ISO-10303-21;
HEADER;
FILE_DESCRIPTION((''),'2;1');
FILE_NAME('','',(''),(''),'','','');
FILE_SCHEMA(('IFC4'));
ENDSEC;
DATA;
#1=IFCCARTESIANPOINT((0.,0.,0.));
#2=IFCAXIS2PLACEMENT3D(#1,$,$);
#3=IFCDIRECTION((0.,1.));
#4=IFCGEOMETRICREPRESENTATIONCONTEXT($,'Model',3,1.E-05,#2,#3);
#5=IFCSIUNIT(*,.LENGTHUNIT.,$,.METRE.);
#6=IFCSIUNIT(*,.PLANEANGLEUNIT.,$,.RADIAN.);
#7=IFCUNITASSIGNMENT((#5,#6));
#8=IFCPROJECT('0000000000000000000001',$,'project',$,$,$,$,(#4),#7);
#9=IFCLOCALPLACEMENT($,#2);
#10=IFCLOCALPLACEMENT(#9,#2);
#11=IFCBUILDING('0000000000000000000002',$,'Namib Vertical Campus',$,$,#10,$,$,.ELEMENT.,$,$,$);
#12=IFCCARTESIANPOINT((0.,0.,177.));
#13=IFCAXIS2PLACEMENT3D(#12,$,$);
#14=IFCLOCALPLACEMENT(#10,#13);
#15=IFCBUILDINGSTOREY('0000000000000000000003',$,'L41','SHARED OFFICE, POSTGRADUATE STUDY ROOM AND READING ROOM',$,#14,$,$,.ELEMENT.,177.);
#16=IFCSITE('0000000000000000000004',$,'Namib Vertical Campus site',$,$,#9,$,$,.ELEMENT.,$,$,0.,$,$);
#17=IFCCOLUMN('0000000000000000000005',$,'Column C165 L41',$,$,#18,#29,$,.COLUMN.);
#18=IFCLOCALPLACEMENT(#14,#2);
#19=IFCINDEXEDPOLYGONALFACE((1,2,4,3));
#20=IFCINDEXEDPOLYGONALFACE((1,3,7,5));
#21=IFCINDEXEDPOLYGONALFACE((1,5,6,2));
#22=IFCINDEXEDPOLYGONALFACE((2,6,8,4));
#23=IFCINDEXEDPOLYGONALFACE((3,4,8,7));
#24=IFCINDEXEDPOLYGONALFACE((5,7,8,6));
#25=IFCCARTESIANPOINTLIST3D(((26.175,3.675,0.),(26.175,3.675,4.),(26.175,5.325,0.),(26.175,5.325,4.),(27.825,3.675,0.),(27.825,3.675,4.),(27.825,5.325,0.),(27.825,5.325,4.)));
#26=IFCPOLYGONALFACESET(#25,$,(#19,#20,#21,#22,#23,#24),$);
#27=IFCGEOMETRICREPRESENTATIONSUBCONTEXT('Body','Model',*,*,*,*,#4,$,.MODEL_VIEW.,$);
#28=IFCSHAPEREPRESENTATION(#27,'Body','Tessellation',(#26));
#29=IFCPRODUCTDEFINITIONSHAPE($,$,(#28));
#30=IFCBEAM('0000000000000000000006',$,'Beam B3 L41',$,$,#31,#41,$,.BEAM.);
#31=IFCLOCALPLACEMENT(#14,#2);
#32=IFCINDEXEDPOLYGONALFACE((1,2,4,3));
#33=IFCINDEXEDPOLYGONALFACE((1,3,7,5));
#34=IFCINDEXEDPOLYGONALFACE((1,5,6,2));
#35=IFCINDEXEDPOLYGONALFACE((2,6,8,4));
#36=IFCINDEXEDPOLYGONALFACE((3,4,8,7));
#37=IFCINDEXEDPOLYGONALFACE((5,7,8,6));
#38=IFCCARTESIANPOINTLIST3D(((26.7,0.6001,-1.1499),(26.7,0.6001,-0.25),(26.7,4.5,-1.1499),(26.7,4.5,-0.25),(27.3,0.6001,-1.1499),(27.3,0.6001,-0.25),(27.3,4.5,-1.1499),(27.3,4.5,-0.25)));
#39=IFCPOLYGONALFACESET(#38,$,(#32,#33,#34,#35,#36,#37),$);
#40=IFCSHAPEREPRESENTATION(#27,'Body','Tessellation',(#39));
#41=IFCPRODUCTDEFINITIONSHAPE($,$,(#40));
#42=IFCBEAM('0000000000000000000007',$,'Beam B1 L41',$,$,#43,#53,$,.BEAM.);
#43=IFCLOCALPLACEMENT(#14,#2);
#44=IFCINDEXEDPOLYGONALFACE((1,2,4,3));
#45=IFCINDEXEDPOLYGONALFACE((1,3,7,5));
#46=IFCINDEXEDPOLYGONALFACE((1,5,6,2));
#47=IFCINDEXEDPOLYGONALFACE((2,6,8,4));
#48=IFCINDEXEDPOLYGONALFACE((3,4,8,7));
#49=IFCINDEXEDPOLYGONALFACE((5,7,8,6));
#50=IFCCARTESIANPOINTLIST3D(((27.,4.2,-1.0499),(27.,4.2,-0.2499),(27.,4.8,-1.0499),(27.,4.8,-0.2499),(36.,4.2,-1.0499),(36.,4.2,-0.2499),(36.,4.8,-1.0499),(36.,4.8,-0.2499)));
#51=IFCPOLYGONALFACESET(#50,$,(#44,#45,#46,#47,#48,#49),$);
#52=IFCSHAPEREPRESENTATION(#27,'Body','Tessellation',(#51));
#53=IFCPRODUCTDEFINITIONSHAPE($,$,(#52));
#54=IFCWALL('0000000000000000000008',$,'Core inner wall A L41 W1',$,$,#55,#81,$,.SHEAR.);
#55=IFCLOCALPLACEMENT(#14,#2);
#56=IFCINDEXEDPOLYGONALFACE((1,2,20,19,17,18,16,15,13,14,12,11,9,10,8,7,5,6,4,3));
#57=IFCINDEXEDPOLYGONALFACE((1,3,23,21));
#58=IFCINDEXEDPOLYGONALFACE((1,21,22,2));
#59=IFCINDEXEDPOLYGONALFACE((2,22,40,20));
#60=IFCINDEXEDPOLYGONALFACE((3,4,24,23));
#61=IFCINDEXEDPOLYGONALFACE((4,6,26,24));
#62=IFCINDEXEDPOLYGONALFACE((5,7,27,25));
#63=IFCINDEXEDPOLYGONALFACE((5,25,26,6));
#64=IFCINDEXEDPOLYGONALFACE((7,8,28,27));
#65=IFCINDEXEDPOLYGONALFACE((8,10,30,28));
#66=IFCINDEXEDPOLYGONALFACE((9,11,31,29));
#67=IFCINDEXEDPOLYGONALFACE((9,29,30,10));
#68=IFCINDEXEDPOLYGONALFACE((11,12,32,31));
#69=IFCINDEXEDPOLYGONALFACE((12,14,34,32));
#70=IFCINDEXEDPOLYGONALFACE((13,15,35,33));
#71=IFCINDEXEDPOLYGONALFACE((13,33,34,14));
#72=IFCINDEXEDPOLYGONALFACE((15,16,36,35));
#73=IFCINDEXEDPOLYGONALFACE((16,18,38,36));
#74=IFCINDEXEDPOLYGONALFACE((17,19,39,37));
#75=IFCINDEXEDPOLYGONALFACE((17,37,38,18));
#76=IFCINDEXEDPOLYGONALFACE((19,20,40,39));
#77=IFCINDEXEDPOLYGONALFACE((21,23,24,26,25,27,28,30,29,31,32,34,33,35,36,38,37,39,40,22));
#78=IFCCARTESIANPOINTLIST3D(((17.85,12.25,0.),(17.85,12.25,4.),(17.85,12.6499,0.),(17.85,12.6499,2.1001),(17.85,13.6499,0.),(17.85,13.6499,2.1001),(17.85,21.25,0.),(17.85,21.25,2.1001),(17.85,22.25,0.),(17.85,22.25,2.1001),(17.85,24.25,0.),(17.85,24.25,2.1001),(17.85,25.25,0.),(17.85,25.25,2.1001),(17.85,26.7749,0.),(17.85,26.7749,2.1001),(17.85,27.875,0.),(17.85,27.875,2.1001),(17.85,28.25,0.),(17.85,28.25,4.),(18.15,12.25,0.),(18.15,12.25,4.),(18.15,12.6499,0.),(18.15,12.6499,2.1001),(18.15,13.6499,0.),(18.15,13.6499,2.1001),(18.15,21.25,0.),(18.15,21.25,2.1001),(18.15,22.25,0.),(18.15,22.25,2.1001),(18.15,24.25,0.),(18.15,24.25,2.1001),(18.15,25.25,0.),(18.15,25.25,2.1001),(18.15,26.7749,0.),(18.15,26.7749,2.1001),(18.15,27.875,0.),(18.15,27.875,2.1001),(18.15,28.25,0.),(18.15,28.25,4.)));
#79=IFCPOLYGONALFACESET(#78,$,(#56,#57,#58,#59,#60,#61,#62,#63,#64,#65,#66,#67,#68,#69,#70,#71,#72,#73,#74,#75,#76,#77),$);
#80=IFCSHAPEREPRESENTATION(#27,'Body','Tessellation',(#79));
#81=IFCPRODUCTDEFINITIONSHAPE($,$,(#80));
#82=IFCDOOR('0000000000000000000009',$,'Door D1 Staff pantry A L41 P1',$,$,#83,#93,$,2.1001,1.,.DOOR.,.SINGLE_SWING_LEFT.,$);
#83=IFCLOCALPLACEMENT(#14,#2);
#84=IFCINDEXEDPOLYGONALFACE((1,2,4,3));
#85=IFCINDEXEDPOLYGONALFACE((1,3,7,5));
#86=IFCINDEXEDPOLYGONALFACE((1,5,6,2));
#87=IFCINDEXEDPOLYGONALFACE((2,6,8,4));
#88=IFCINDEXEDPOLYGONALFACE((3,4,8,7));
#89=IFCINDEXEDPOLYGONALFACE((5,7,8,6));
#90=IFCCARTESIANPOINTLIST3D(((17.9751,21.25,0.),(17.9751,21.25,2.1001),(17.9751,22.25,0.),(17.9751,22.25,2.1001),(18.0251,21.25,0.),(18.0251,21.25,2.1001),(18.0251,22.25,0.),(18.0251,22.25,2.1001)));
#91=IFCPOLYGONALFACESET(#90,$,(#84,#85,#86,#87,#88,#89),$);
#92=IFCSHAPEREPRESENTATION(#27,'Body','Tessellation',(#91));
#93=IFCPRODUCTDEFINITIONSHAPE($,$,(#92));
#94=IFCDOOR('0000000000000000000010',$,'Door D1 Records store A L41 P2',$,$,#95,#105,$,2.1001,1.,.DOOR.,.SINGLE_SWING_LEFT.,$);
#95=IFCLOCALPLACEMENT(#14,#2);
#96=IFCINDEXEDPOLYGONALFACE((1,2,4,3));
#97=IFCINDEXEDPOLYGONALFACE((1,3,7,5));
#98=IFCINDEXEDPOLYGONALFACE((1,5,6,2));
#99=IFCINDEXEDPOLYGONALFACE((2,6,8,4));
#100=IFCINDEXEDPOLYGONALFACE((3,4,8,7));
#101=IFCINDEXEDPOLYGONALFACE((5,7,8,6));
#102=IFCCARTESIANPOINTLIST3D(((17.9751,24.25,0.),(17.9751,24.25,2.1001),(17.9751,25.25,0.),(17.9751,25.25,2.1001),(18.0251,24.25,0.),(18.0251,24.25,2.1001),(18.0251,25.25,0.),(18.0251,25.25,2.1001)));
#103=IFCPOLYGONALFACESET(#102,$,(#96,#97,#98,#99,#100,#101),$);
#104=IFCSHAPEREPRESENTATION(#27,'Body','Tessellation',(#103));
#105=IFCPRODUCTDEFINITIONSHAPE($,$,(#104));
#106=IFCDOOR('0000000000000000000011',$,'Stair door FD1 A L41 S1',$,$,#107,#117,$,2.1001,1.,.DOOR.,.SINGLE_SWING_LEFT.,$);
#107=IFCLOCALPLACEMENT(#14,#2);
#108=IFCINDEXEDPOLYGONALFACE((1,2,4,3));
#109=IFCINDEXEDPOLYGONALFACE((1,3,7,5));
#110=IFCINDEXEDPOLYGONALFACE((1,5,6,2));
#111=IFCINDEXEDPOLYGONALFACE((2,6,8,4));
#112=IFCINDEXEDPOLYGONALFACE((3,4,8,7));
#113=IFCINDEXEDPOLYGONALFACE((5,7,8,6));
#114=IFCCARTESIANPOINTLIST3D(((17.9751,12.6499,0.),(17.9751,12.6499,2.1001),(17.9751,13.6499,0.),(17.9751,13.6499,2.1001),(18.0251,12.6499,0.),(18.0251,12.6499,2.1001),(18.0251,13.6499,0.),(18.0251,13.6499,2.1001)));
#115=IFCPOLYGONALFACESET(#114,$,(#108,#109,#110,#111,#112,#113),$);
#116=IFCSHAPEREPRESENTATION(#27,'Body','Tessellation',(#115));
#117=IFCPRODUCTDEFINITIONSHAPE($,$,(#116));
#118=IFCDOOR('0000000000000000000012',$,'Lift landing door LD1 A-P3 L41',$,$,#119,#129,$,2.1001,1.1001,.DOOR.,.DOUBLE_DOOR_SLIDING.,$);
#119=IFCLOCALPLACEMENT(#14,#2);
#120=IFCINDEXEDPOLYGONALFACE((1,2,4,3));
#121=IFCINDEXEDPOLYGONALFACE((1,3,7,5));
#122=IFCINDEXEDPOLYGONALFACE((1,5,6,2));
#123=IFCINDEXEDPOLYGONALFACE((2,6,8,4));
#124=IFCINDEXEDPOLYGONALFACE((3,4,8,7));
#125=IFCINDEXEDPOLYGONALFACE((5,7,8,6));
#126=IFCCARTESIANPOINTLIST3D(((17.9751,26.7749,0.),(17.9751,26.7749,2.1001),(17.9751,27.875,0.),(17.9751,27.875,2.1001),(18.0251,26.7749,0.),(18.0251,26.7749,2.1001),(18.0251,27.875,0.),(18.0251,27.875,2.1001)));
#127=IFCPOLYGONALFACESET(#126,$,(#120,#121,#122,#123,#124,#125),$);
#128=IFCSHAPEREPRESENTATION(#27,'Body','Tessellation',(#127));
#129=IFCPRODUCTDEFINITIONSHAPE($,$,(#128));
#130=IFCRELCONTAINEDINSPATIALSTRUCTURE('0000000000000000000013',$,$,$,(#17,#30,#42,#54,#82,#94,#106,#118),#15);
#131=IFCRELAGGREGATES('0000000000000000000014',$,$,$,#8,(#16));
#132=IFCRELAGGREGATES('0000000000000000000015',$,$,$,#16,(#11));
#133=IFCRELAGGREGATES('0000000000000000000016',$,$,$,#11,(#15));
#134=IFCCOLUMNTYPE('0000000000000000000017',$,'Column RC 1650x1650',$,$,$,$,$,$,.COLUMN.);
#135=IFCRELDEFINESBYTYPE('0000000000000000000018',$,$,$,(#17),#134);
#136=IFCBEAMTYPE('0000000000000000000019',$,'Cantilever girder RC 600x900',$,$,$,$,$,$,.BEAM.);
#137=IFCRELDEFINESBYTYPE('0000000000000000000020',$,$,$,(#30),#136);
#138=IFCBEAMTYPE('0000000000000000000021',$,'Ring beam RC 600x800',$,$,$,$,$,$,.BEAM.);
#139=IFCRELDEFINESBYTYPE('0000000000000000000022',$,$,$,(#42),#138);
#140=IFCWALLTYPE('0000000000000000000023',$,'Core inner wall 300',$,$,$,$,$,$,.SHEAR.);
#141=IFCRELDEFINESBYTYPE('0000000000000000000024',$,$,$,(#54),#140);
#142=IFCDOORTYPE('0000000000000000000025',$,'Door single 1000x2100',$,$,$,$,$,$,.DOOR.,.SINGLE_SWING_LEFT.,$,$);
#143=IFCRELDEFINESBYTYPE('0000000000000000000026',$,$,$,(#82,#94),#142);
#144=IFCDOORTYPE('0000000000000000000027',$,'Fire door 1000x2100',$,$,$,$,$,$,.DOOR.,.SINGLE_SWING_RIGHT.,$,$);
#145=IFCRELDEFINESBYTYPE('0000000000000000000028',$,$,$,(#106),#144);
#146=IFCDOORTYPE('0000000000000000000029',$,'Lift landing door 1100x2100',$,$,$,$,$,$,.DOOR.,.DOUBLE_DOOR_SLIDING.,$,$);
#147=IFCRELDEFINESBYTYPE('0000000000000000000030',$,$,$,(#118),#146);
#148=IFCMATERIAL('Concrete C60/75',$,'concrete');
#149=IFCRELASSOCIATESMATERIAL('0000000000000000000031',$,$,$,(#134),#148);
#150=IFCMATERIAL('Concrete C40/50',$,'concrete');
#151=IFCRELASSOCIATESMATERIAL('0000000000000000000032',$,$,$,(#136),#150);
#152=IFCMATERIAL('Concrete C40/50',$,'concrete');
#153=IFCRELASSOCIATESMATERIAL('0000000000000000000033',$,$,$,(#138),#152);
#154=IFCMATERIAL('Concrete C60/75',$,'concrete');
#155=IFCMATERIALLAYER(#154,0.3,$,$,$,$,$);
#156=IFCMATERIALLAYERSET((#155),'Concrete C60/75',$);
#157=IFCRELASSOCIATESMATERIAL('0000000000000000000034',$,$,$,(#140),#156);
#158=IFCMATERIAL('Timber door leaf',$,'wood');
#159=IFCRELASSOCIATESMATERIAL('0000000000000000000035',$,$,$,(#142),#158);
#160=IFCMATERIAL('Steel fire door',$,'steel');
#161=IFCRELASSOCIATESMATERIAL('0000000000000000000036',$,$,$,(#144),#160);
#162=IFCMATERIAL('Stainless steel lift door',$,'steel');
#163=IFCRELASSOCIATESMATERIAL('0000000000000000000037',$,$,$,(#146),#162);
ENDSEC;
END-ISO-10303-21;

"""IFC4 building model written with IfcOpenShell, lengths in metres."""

from ifc_helpers import new_model, si_unit, direction, frame, frame_2d, origin, origin_2d, place, context, subcontext, project, spatial, rectangle, extrude, material, layer, layer_set, material_profile, profile_set, type_object, element, fill, save


model = new_model("IFC4")

# Units and contexts
model_context = context("Model", 3, precision=1e-05, world=origin(), true_north=direction((0.0, 1.0)))
body_context = subcontext(model_context, "Body", "Model", "MODEL_VIEW")
ifc_project = project(units=[si_unit("LENGTHUNIT", "METRE"), si_unit("PLANEANGLEUNIT", "RADIAN")], contexts=[model_context])

# Site, building, storey
site_placement = place(None, origin())
site = spatial("IfcSite", under=ifc_project, at=site_placement, Name="Namib Vertical Campus site", CompositionType="ELEMENT", RefElevation=0.0)
building_placement = place(site_placement, origin())
building = spatial("IfcBuilding", under=site, at=building_placement, Name="Namib Vertical Campus", CompositionType="ELEMENT")
storey_placement = place(building_placement, frame((0.0, 0.0, 177.0)))
storey = spatial("IfcBuildingStorey", under=building, at=storey_placement, Name="L41", Description="SHARED OFFICE, POSTGRADUATE STUDY ROOM AND READING ROOM", CompositionType="ELEMENT", Elevation=177.0)

# Column
ifc_material_1 = material(Name="Concrete C60/75", Category="concrete")
ifc_material_profile_1 = material_profile(ifc_material_1, rectangle(XDim=1.6499, YDim=1.6499, at=origin_2d()))
ifc_profile_set_1 = profile_set([ifc_material_profile_1], Name="Concrete C60/75")
column_type = type_object("IfcColumnType", Name="Column RC 1650x1650", PredefinedType="COLUMN", material=ifc_profile_set_1)
column_placement = place(storey_placement, frame((27.0, 4.5, 0.0), z_axis=(0.0, 0.0, 1.0), x_axis=(1.0, 0.0, 0.0)))
element("IfcColumn", 1, at=column_placement, inside=storey, type_object=column_type, Name="Column C165 L41", PredefinedType="COLUMN", context=body_context, shape_type="SweptSolid", body=[
    extrude(rectangle(XDim=1.6499, YDim=1.6499, at=origin_2d()), origin(), (0.0, 0.0, 1.0), 4.0),
])

# Beams
ifc_material_2 = material(Name="Concrete C40/50", Category="concrete")
ifc_material_profile_2 = material_profile(ifc_material_2, rectangle(XDim=0.6001, YDim=0.8999, at=origin_2d()))
ifc_profile_set_2 = profile_set([ifc_material_profile_2], Name="Concrete C40/50")
beam_type_1 = type_object("IfcBeamType", Name="Cantilever girder RC 600x900", PredefinedType="BEAM", material=ifc_profile_set_2)
beam_1_placement = place(storey_placement, frame((27.0, 4.5, -0.7), z_axis=(0.0, -1.0, 0.0), x_axis=(1.0, 0.0, 0.0)))
element("IfcBeam", 2, at=beam_1_placement, inside=storey, type_object=beam_type_1, Name="Beam B3 L41", PredefinedType="BEAM", context=body_context, shape_type="SweptSolid", body=[
    extrude(rectangle(XDim=0.6001, YDim=0.8999, at=origin_2d()), origin(), (0.0, 0.0, 1.0), 3.8999),
])
ifc_material_3 = material(Name="Concrete C40/50", Category="concrete")
ifc_material_profile_3 = material_profile(ifc_material_3, rectangle(XDim=0.6001, YDim=0.8, at=origin_2d()))
ifc_profile_set_3 = profile_set([ifc_material_profile_3], Name="Concrete C40/50")
beam_type_2 = type_object("IfcBeamType", Name="Ring beam RC 600x800", PredefinedType="BEAM", material=ifc_profile_set_3)
beam_2_placement = place(storey_placement, frame((27.0, 4.5, -0.6499), z_axis=(1.0, 0.0, 0.0), x_axis=(0.0, 1.0, 0.0)))
element("IfcBeam", 3, at=beam_2_placement, inside=storey, type_object=beam_type_2, Name="Beam B1 L41", PredefinedType="BEAM", context=body_context, shape_type="SweptSolid", body=[
    extrude(rectangle(XDim=0.6001, YDim=0.8, at=origin_2d()), origin(), (0.0, 0.0, 1.0), 9.0),
])

# Wall, openings, doors
ifc_material_4 = material(Name="Concrete C60/75", Category="concrete")
ifc_layer_1 = layer(ifc_material_4, 0.3)
ifc_layer_set_1 = layer_set([ifc_layer_1], Name="Concrete C60/75")
wall_type_1 = type_object("IfcWallType", Name="Core inner wall 300", PredefinedType="SHEAR", material=ifc_layer_set_1)
wall_1_placement = place(storey_placement, frame((18.0, 12.25, 0.0), z_axis=(0.0, 0.0, 1.0), x_axis=(0.0, 1.0, 0.0)))
wall_1 = element("IfcWall", 4, at=wall_1_placement, inside=storey, type_object=wall_type_1, Name="Core inner wall A L41 W1", PredefinedType="SHEAR", context=body_context, shape_type="SweptSolid", body=[
    extrude(rectangle(XDim=16.0, YDim=0.3, at=frame_2d((8.0, 0.0))), origin(), (0.0, 0.0, 1.0), 4.0),
])
opening_1_placement = place(wall_1_placement, frame((0.3999, 0.0, 0.0)))
opening_1 = element("IfcOpeningElement", 5, at=opening_1_placement, cuts=wall_1, PredefinedType="OPENING", context=body_context, shape_type="SweptSolid", body=[
    extrude(rectangle(XDim=1.0, YDim=2.1001, at=frame_2d((0.5, 1.05))), frame((0.0, 0.1599, 0.0), z_axis=(0.0, -1.0, 0.0), x_axis=(1.0, 0.0, 0.0)), (0.0, 0.0, 1.0), 0.3201),
])
opening_2_placement = place(wall_1_placement, frame((14.5249, 0.0, 0.0)))
opening_2 = element("IfcOpeningElement", 6, at=opening_2_placement, cuts=wall_1, PredefinedType="OPENING", context=body_context, shape_type="SweptSolid", body=[
    extrude(rectangle(XDim=1.1001, YDim=2.1001, at=frame_2d((0.55, 1.05))), frame((0.0, 0.1599, 0.0), z_axis=(0.0, -1.0, 0.0), x_axis=(1.0, 0.0, 0.0)), (0.0, 0.0, 1.0), 0.3201),
])
opening_3_placement = place(wall_1_placement, frame((9.0, 0.0, 0.0)))
opening_3 = element("IfcOpeningElement", 7, at=opening_3_placement, cuts=wall_1, PredefinedType="OPENING", context=body_context, shape_type="SweptSolid", body=[
    extrude(rectangle(XDim=1.0, YDim=2.1001, at=frame_2d((0.5, 1.05))), frame((0.0, 0.1599, 0.0), z_axis=(0.0, -1.0, 0.0), x_axis=(1.0, 0.0, 0.0)), (0.0, 0.0, 1.0), 0.3201),
])
opening_4_placement = place(wall_1_placement, frame((12.0, 0.0, 0.0)))
opening_4 = element("IfcOpeningElement", 8, at=opening_4_placement, cuts=wall_1, PredefinedType="OPENING", context=body_context, shape_type="SweptSolid", body=[
    extrude(rectangle(XDim=1.0, YDim=2.1001, at=frame_2d((0.5, 1.05))), frame((0.0, 0.1599, 0.0), z_axis=(0.0, -1.0, 0.0), x_axis=(1.0, 0.0, 0.0)), (0.0, 0.0, 1.0), 0.3201),
])
ifc_material_5 = material(Name="Timber door leaf", Category="wood")
door_type_1 = type_object("IfcDoorType", Name="Door single 1000x2100", OperationType="SINGLE_SWING_LEFT", PredefinedType="DOOR", material=ifc_material_5)
door_1_placement = place(opening_3_placement, origin())
door_1 = element("IfcDoor", 9, at=door_1_placement, inside=storey, type_object=door_type_1, Name="Door D1 Staff pantry A L41 P1", OperationType="SINGLE_SWING_LEFT", OverallHeight=2.1001, OverallWidth=1.0, PredefinedType="DOOR", context=body_context, shape_type="SweptSolid", body=[
    extrude(rectangle(XDim=1.0, YDim=2.1001, at=frame_2d((0.5, 1.05))), frame((0.0, 0.0249, 0.0), z_axis=(0.0, -1.0, 0.0), x_axis=(1.0, 0.0, 0.0)), (0.0, 0.0, 1.0), 0.05),
])
fill(opening_3, door_1)
door_2_placement = place(opening_4_placement, origin())
door_2 = element("IfcDoor", 10, at=door_2_placement, inside=storey, type_object=door_type_1, Name="Door D1 Records store A L41 P2", OperationType="SINGLE_SWING_LEFT", OverallHeight=2.1001, OverallWidth=1.0, PredefinedType="DOOR", context=body_context, shape_type="SweptSolid", body=[
    extrude(rectangle(XDim=1.0, YDim=2.1001, at=frame_2d((0.5, 1.05))), frame((0.0, 0.0249, 0.0), z_axis=(0.0, -1.0, 0.0), x_axis=(1.0, 0.0, 0.0)), (0.0, 0.0, 1.0), 0.05),
])
fill(opening_4, door_2)
ifc_material_6 = material(Name="Steel fire door", Category="steel")
door_type_2 = type_object("IfcDoorType", Name="Fire door 1000x2100", OperationType="SINGLE_SWING_RIGHT", PredefinedType="DOOR", material=ifc_material_6)
door_3_placement = place(opening_1_placement, origin())
door_3 = element("IfcDoor", 11, at=door_3_placement, inside=storey, type_object=door_type_2, Name="Stair door FD1 A L41 S1", OperationType="SINGLE_SWING_LEFT", OverallHeight=2.1001, OverallWidth=1.0, PredefinedType="DOOR", context=body_context, shape_type="SweptSolid", body=[
    extrude(rectangle(XDim=1.0, YDim=2.1001, at=frame_2d((0.5, 1.05))), frame((0.0, 0.0249, 0.0), z_axis=(0.0, -1.0, 0.0), x_axis=(1.0, 0.0, 0.0)), (0.0, 0.0, 1.0), 0.05),
])
fill(opening_1, door_3)
ifc_material_7 = material(Name="Stainless steel lift door", Category="steel")
door_type_3 = type_object("IfcDoorType", Name="Lift landing door 1100x2100", OperationType="DOUBLE_DOOR_SLIDING", PredefinedType="DOOR", material=ifc_material_7)
door_4_placement = place(opening_2_placement, origin())
door_4 = element("IfcDoor", 12, at=door_4_placement, inside=storey, type_object=door_type_3, Name="Lift landing door LD1 A-P3 L41", OperationType="DOUBLE_DOOR_SLIDING", OverallHeight=2.1001, OverallWidth=1.1001, PredefinedType="DOOR", context=body_context, shape_type="SweptSolid", body=[
    extrude(rectangle(XDim=1.1001, YDim=2.1001, at=frame_2d((0.55, 1.05))), frame((0.0, 0.0249, 0.0), z_axis=(0.0, -1.0, 0.0), x_axis=(1.0, 0.0, 0.0)), (0.0, 0.0, 1.0), 0.05),
])
fill(opening_2, door_4)

save(model, "model.ifc")
